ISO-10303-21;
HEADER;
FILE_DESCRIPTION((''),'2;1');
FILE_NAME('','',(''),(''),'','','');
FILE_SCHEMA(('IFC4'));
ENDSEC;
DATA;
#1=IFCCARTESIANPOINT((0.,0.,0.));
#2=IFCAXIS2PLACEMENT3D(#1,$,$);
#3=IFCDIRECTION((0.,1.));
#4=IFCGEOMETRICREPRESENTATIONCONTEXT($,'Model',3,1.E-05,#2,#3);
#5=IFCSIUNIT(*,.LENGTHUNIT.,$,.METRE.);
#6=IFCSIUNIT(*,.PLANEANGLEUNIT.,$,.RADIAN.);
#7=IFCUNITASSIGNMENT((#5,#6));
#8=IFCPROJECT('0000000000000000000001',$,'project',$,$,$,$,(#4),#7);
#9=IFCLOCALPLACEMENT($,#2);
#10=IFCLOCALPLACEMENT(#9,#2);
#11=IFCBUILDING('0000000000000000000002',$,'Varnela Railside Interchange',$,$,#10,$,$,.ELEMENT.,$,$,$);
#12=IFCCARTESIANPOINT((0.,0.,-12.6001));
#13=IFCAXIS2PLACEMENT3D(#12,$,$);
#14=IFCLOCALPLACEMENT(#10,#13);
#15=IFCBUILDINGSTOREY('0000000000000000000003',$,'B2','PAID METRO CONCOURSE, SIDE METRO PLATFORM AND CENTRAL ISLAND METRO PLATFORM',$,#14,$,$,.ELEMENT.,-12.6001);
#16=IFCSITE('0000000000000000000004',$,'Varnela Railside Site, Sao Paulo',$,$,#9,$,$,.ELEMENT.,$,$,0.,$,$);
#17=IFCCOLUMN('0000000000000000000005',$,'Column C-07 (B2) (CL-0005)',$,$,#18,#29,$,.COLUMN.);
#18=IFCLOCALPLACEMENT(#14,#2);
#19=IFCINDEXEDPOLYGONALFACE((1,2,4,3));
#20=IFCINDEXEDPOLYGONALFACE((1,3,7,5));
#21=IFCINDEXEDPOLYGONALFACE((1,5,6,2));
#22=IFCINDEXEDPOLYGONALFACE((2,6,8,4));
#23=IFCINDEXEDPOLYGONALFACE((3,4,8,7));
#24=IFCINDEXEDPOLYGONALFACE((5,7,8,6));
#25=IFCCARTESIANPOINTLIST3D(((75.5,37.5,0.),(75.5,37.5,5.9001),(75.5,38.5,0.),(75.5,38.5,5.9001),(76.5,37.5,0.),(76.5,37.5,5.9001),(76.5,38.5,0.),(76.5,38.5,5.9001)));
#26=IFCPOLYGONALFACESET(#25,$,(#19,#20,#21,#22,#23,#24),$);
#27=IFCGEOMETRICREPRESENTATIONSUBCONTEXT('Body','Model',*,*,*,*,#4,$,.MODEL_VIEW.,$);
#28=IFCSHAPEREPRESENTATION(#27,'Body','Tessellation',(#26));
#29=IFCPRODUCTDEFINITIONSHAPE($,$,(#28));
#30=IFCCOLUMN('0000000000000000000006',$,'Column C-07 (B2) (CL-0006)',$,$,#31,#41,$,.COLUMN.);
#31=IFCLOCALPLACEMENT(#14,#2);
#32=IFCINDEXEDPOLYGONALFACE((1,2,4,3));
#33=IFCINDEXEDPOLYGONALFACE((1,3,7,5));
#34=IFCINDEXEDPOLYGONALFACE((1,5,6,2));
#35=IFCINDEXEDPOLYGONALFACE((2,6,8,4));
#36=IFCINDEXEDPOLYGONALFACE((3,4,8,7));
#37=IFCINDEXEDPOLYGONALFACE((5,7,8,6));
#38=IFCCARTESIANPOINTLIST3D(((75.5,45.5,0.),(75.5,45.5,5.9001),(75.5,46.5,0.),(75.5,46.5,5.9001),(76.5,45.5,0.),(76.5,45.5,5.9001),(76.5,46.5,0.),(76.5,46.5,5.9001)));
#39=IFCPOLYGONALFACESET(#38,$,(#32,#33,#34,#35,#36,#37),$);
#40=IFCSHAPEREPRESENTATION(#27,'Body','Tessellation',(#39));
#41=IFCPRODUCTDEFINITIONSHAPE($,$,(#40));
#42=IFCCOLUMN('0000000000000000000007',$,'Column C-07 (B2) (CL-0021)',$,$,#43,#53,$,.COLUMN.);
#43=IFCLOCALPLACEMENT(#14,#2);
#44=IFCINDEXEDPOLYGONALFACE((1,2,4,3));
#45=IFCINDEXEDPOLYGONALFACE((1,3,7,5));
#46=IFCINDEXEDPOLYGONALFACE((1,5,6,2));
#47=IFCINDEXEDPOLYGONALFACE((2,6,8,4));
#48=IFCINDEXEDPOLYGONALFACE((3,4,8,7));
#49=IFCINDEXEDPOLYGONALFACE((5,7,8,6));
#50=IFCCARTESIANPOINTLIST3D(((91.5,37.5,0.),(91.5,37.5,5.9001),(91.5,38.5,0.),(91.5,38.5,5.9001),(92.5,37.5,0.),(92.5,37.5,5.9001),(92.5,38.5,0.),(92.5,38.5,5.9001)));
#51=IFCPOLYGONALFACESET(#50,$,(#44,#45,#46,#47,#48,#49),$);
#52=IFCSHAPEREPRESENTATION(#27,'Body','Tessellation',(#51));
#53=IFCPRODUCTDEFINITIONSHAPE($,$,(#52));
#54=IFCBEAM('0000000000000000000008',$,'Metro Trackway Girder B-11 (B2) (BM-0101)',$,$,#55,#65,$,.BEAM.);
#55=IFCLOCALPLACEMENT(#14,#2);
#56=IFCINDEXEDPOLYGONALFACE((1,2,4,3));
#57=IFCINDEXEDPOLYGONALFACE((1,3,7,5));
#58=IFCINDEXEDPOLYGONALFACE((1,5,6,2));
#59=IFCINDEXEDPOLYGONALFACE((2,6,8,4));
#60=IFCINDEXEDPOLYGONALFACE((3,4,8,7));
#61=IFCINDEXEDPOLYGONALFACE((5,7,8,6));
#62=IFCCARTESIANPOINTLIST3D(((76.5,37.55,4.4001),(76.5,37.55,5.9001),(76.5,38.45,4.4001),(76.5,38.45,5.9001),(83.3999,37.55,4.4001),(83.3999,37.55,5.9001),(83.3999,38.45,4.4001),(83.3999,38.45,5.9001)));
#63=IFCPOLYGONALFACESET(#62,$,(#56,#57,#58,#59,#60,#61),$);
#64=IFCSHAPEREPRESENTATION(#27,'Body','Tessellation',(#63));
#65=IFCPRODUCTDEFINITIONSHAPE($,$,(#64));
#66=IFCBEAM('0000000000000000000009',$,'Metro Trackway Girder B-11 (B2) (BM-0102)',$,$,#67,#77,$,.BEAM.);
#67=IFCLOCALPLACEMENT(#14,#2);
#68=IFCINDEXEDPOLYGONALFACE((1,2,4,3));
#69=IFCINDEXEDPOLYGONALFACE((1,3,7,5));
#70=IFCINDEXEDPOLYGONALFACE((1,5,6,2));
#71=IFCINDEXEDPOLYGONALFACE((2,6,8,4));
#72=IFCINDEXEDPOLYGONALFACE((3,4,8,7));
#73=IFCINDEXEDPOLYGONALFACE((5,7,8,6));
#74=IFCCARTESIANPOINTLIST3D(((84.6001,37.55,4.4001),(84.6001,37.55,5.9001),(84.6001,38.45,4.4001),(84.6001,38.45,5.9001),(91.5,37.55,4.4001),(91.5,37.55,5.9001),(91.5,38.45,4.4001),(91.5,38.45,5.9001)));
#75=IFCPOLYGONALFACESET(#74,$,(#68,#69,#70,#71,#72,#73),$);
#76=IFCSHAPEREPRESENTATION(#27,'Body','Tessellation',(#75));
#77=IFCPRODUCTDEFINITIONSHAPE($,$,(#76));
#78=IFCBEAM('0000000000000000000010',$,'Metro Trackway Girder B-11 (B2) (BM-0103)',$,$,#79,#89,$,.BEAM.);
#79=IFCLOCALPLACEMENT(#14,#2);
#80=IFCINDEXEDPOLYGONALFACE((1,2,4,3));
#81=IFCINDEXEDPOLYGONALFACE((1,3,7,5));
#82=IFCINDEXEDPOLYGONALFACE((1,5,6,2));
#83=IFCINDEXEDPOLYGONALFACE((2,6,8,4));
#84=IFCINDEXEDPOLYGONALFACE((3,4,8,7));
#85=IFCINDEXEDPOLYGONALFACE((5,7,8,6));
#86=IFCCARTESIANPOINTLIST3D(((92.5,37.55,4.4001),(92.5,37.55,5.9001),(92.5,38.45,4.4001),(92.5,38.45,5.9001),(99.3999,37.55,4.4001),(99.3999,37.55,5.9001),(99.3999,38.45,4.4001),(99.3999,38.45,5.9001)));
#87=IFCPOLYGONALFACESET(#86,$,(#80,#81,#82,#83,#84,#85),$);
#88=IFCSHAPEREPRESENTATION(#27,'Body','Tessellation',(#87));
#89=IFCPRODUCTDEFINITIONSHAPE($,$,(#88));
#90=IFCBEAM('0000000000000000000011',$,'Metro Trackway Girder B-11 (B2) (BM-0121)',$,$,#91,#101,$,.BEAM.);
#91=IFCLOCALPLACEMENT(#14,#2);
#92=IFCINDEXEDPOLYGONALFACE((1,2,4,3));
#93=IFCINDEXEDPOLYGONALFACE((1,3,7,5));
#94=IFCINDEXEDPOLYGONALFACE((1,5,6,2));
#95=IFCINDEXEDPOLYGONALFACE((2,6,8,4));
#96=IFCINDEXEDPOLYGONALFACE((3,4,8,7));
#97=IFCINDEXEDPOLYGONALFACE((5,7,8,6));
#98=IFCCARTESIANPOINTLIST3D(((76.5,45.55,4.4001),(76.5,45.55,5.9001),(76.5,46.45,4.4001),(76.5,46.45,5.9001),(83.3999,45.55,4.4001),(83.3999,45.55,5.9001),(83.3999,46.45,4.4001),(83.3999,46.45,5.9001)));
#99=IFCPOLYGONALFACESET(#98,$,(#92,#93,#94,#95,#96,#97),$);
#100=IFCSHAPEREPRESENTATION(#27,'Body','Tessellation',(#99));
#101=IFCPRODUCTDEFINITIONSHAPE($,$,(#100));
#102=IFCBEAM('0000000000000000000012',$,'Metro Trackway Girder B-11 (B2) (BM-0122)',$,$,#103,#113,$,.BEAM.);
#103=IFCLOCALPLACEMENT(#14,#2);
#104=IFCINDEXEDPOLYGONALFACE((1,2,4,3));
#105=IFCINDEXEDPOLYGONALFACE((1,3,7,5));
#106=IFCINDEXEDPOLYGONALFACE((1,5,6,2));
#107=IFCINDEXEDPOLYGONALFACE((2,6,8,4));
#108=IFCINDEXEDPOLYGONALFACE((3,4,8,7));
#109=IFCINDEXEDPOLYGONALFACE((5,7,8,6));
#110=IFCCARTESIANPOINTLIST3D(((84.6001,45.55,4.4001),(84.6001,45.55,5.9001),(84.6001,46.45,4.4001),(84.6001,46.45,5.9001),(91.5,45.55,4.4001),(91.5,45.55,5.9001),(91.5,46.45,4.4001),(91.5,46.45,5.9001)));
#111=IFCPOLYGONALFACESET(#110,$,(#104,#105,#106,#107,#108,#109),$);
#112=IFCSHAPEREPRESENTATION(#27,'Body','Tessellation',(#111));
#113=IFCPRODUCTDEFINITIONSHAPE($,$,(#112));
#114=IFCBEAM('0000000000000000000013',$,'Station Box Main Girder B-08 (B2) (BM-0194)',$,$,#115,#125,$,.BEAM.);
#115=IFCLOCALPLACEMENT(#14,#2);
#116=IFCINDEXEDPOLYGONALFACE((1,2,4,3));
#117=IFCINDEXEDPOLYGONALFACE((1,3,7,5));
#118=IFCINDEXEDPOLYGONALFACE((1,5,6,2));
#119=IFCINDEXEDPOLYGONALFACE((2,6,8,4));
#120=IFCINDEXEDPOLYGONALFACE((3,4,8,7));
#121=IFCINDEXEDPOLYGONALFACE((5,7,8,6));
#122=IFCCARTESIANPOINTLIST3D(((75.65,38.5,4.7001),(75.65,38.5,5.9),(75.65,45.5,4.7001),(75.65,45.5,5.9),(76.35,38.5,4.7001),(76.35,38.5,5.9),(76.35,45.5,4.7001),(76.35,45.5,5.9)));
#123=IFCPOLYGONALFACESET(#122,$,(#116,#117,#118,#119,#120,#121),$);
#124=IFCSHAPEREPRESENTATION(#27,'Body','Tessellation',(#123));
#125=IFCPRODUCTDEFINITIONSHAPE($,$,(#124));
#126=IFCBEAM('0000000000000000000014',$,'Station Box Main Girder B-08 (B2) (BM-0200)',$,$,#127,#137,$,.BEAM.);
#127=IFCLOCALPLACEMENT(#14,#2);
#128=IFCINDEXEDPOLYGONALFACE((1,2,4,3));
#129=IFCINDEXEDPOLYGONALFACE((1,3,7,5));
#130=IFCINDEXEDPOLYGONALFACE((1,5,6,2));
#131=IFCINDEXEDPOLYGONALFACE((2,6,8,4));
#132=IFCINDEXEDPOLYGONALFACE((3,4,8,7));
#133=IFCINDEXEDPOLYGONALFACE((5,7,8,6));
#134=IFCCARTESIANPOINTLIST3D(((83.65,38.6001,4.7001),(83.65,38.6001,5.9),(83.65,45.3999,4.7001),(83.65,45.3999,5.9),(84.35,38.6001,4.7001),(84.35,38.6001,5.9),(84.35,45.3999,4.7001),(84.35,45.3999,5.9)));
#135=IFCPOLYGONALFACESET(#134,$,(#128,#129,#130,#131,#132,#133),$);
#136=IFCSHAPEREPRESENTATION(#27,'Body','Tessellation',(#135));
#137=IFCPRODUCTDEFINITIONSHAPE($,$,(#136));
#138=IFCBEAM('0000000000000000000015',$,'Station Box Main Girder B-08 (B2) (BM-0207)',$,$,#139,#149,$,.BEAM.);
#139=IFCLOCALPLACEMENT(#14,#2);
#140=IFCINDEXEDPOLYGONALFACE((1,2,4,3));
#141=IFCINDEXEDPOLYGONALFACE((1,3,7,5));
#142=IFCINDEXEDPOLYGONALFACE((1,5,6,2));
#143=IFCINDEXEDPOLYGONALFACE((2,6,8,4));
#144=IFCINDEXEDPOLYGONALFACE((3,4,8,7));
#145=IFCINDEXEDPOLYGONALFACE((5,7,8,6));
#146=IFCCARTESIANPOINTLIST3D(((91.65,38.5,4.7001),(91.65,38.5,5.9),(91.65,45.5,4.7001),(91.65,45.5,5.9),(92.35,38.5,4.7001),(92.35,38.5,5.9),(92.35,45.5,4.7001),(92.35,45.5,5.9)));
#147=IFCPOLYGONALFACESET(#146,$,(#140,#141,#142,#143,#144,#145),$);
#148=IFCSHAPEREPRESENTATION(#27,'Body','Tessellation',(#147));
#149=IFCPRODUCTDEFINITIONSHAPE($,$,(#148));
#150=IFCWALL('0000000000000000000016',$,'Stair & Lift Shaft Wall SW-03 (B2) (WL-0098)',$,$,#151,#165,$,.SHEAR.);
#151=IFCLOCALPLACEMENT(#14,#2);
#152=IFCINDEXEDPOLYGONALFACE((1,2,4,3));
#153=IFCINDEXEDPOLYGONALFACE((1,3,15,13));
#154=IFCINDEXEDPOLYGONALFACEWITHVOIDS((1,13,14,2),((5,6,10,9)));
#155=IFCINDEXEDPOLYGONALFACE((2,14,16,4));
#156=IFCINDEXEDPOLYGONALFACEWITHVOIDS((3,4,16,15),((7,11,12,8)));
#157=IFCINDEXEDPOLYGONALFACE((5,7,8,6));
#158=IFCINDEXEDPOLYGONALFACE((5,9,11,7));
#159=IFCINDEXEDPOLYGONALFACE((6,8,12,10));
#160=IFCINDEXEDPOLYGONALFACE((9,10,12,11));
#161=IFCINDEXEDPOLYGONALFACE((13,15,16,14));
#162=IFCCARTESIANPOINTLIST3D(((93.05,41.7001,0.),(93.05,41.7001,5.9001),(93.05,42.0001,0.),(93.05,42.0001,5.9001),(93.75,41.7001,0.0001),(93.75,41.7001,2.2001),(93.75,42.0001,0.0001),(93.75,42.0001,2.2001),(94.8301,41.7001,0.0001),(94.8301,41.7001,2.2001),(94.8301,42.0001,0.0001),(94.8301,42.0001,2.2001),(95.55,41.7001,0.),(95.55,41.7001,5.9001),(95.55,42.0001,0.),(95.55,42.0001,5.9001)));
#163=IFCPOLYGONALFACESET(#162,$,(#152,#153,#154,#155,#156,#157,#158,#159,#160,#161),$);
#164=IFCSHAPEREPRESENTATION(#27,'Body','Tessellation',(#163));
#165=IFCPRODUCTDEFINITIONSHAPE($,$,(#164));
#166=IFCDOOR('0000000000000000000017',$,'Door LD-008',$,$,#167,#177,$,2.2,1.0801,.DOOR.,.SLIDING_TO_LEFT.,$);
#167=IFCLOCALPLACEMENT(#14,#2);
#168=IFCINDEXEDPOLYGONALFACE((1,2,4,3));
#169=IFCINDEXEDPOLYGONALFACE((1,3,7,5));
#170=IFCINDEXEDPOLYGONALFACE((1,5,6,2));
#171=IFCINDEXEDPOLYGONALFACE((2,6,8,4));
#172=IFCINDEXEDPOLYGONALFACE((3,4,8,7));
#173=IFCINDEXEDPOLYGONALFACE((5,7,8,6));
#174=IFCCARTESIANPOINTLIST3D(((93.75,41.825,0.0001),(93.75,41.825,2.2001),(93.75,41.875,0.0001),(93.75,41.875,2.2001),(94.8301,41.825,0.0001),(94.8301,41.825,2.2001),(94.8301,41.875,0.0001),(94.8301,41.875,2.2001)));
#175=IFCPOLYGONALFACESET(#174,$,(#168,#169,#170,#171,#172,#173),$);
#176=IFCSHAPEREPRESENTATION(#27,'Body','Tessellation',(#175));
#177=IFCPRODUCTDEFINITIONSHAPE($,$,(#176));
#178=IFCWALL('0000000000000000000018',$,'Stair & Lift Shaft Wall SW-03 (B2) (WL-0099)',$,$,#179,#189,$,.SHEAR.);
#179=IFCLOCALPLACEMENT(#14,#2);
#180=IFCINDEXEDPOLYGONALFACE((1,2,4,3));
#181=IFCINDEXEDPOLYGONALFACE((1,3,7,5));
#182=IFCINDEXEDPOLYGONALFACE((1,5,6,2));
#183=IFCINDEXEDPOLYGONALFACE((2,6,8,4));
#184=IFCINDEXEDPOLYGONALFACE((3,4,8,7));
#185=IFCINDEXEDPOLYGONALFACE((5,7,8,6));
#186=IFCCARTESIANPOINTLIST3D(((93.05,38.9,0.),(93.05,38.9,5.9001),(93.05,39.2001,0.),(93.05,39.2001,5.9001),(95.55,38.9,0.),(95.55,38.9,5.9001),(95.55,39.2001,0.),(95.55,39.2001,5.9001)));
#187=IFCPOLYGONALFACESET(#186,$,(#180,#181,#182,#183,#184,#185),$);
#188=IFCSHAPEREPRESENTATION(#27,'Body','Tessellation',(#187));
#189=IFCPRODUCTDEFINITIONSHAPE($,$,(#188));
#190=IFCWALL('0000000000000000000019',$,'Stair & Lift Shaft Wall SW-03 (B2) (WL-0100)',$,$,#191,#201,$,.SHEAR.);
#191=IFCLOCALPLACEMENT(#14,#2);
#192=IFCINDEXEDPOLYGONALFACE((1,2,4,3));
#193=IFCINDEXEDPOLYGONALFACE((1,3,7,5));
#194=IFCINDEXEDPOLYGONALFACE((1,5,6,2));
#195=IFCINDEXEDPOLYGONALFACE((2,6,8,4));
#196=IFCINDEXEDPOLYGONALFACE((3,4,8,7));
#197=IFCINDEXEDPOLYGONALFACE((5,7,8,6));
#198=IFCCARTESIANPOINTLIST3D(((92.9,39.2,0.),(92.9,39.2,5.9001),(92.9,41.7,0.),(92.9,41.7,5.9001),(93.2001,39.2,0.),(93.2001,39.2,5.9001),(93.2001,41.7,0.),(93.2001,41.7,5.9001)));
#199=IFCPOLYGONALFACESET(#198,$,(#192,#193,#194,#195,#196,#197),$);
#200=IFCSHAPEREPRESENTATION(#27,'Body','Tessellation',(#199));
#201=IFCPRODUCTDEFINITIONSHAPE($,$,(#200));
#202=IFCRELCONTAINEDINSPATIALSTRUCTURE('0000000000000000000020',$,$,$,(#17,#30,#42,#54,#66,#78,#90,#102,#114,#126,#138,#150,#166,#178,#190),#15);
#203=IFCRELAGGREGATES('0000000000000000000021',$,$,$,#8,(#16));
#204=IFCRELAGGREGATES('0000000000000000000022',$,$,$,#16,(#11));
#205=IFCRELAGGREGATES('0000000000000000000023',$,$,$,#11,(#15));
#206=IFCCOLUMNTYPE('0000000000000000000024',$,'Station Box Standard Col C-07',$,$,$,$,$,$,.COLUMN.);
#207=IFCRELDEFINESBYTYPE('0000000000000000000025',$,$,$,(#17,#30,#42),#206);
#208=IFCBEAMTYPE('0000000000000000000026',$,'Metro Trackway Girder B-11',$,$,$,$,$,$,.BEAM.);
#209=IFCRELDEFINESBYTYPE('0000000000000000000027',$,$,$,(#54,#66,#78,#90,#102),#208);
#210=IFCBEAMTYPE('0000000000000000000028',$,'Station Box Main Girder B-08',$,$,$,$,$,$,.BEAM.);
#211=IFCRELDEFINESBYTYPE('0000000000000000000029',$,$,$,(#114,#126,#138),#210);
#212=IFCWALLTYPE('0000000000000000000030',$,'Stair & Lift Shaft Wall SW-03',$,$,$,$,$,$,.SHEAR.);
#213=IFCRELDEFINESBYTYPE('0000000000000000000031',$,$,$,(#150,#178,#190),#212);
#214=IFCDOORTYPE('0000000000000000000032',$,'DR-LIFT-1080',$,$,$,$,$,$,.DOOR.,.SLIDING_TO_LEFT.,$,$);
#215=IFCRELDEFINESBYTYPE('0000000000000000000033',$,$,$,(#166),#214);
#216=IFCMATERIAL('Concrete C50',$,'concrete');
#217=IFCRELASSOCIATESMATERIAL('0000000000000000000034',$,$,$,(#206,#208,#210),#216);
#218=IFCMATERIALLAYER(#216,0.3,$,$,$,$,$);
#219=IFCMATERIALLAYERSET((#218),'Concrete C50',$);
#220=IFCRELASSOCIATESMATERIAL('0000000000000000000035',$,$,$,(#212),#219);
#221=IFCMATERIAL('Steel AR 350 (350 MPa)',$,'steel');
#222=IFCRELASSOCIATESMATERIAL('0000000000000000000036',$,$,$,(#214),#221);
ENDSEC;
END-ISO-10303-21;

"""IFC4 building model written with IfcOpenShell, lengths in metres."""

from ifc_helpers import new_model, si_unit, direction, frame, frame_2d, origin, origin_2d, place, context, subcontext, project, spatial, rectangle, extrude, material, layer, layer_set, material_profile, profile_set, type_object, element, fill, save


model = new_model("IFC4")

# Units and contexts
model_context = context("Model", 3, precision=1e-05, world=origin(), true_north=direction((0.0, 1.0)))
body_context = subcontext(model_context, "Body", "Model", "MODEL_VIEW")
ifc_project = project(units=[si_unit("LENGTHUNIT", "METRE"), si_unit("PLANEANGLEUNIT", "RADIAN")], contexts=[model_context])

# Site, building, storey
site_placement = place(None, origin())
site = spatial("IfcSite", under=ifc_project, at=site_placement, Name="Varnela Railside Site, Sao Paulo", CompositionType="ELEMENT", RefElevation=0.0)
building_placement = place(site_placement, origin())
building = spatial("IfcBuilding", under=site, at=building_placement, Name="Varnela Railside Interchange", CompositionType="ELEMENT")
storey_placement = place(building_placement, frame((0.0, 0.0, -12.6001)))
storey = spatial("IfcBuildingStorey", under=building, at=storey_placement, Name="B2", Description="PAID METRO CONCOURSE, SIDE METRO PLATFORM AND CENTRAL ISLAND METRO PLATFORM", CompositionType="ELEMENT", Elevation=-12.6001)

# Shared definitions
ifc_material_1 = material(Name="Concrete C50", Category="concrete")

# Columns
ifc_material_profile_1 = material_profile(ifc_material_1, rectangle(XDim=1.0, YDim=1.0, at=origin_2d()), Name="RC 1000x1000")
ifc_profile_set_1 = profile_set([ifc_material_profile_1], Name="Concrete C50")
column_type_1 = type_object("IfcColumnType", Name="Station Box Standard Col C-07", PredefinedType="COLUMN", material=ifc_profile_set_1)
for number, where, z_axis, x_axis, name in (
    (1, (76.0, 38.0, 0.0), (0.0, 0.0, 1.0), (1.0, 0.0, 0.0), "Column C-07 (B2) (CL-0005)"),
    (2, (76.0, 46.0, 0.0), (0.0, 0.0, 1.0), (1.0, 0.0, 0.0), "Column C-07 (B2) (CL-0006)"),
    (3, (92.0, 38.0, 0.0), (0.0, 0.0, 1.0), (1.0, 0.0, 0.0), "Column C-07 (B2) (CL-0021)"),
):
    element("IfcColumn", number, at=place(storey_placement, frame(where, z_axis=z_axis, x_axis=x_axis)), inside=storey, type_object=column_type_1, Name=name, PredefinedType="COLUMN", context=body_context, shape_type="SweptSolid", body=[
        extrude(rectangle(XDim=1.0, YDim=1.0, at=origin_2d()), origin(), (0.0, 0.0, 1.0), 5.9001),
    ])

# Beams
ifc_material_profile_2 = material_profile(ifc_material_1, rectangle(XDim=0.8999, YDim=1.5, at=origin_2d()), Name="RC 900x1500")
ifc_profile_set_2 = profile_set([ifc_material_profile_2], Name="Concrete C50")
beam_type_1 = type_object("IfcBeamType", Name="Metro Trackway Girder B-11", PredefinedType="BEAM", material=ifc_profile_set_2)
for number, where, z_axis, x_axis, name in (
    (4, (76.5, 38.0, 5.1501), (1.0, 0.0, 0.0), (0.0, 1.0, 0.0), "Metro Trackway Girder B-11 (B2) (BM-0101)"),
    (5, (84.6001, 38.0, 5.1501), (1.0, 0.0, 0.0), (0.0, 1.0, 0.0), "Metro Trackway Girder B-11 (B2) (BM-0102)"),
    (6, (92.5, 38.0, 5.1501), (1.0, 0.0, 0.0), (0.0, 1.0, 0.0), "Metro Trackway Girder B-11 (B2) (BM-0103)"),
    (7, (76.5, 46.0, 5.1501), (1.0, 0.0, 0.0), (0.0, 1.0, 0.0), "Metro Trackway Girder B-11 (B2) (BM-0121)"),
    (8, (84.6001, 46.0, 5.1501), (1.0, 0.0, 0.0), (0.0, 1.0, 0.0), "Metro Trackway Girder B-11 (B2) (BM-0122)"),
):
    element("IfcBeam", number, at=place(storey_placement, frame(where, z_axis=z_axis, x_axis=x_axis)), inside=storey, type_object=beam_type_1, Name=name, PredefinedType="BEAM", context=body_context, shape_type="SweptSolid", body=[
        extrude(rectangle(XDim=0.8999, YDim=1.5, at=origin_2d()), origin(), (0.0, 0.0, 1.0), 6.8999),
    ])
ifc_material_profile_3 = material_profile(ifc_material_1, rectangle(XDim=0.7, YDim=1.2, at=origin_2d()), Name="RC 700x1200")
ifc_profile_set_3 = profile_set([ifc_material_profile_3], Name="Concrete C50")
beam_type_2 = type_object("IfcBeamType", Name="Station Box Main Girder B-08", PredefinedType="BEAM", material=ifc_profile_set_3)
beam_1_placement = place(storey_placement, frame((76.0, 38.5, 5.3), z_axis=(0.0, 1.0, 0.0), x_axis=(-1.0, 0.0, 0.0)))
element("IfcBeam", 9, at=beam_1_placement, inside=storey, type_object=beam_type_2, Name="Station Box Main Girder B-08 (B2) (BM-0194)", PredefinedType="BEAM", context=body_context, shape_type="SweptSolid", body=[
    extrude(rectangle(XDim=0.7, YDim=1.2, at=origin_2d()), origin(), (0.0, 0.0, 1.0), 7.0),
])
beam_2_placement = place(storey_placement, frame((84.0, 38.6001, 5.3), z_axis=(0.0, 1.0, 0.0), x_axis=(-1.0, 0.0, 0.0)))
element("IfcBeam", 10, at=beam_2_placement, inside=storey, type_object=beam_type_2, Name="Station Box Main Girder B-08 (B2) (BM-0200)", PredefinedType="BEAM", context=body_context, shape_type="SweptSolid", body=[
    extrude(rectangle(XDim=0.7, YDim=1.2, at=origin_2d()), origin(), (0.0, 0.0, 1.0), 6.7998),
])
beam_3_placement = place(storey_placement, frame((92.0, 38.5, 5.3), z_axis=(0.0, 1.0, 0.0), x_axis=(-1.0, 0.0, 0.0)))
element("IfcBeam", 11, at=beam_3_placement, inside=storey, type_object=beam_type_2, Name="Station Box Main Girder B-08 (B2) (BM-0207)", PredefinedType="BEAM", context=body_context, shape_type="SweptSolid", body=[
    extrude(rectangle(XDim=0.7, YDim=1.2, at=origin_2d()), origin(), (0.0, 0.0, 1.0), 7.0),
])

# Wall, opening, door
ifc_layer = layer(ifc_material_1, 0.3)
ifc_layer_set = layer_set([ifc_layer], Name="Concrete C50")
wall_type = type_object("IfcWallType", Name="Stair & Lift Shaft Wall SW-03", PredefinedType="SHEAR", material=ifc_layer_set)
wall_placement = place(storey_placement, frame((93.05, 41.8501, 0.0), z_axis=(0.0, 0.0, 1.0), x_axis=(1.0, 0.0, 0.0)))
wall = element("IfcWall", 12, at=wall_placement, inside=storey, type_object=wall_type, Name="Stair & Lift Shaft Wall SW-03 (B2) (WL-0098)", PredefinedType="SHEAR", context=body_context, shape_type="SweptSolid", body=[
    extrude(rectangle(XDim=2.5, YDim=0.3, at=frame_2d((1.25, 0.0))), origin(), (0.0, 0.0, 1.0), 5.9001),
])
opening_placement = place(wall_placement, frame((0.7, 0.0, 0.0)))
opening = element("IfcOpeningElement", 13, at=opening_placement, cuts=wall, PredefinedType="OPENING", context=body_context, shape_type="SweptSolid", body=[
    extrude(rectangle(XDim=1.0801, YDim=2.2, at=frame_2d((0.54, 1.1001))), frame((0.0, 0.1599, 0.0), z_axis=(0.0, -1.0, 0.0), x_axis=(1.0, 0.0, 0.0)), (0.0, 0.0, 1.0), 0.3201),
])
ifc_material_2 = material(Name="Steel AR 350 (350 MPa)", Category="steel")
door_type = type_object("IfcDoorType", Name="DR-LIFT-1080", OperationType="SLIDING_TO_LEFT", PredefinedType="DOOR", material=ifc_material_2)
door_placement = place(opening_placement, origin())
door = element("IfcDoor", 14, at=door_placement, inside=storey, type_object=door_type, Name="Door LD-008", OperationType="SLIDING_TO_LEFT", OverallHeight=2.2, OverallWidth=1.0801, PredefinedType="DOOR", context=body_context, shape_type="SweptSolid", body=[
    extrude(rectangle(XDim=1.0801, YDim=2.2, at=frame_2d((0.54, 1.1001))), frame((0.0, 0.0249, 0.0), z_axis=(0.0, -1.0, 0.0), x_axis=(1.0, 0.0, 0.0)), (0.0, 0.0, 1.0), 0.05),
])
fill(opening, door)

# Walls
for number, where, z_axis, x_axis, name in (
    (15, (93.05, 39.05, 0.0), (0.0, 0.0, 1.0), (1.0, 0.0, 0.0), "Stair & Lift Shaft Wall SW-03 (B2) (WL-0099)"),
    (16, (93.05, 39.2, 0.0), (0.0, 0.0, 1.0), (0.0, 1.0, 0.0), "Stair & Lift Shaft Wall SW-03 (B2) (WL-0100)"),
):
    element("IfcWall", number, at=place(storey_placement, frame(where, z_axis=z_axis, x_axis=x_axis)), inside=storey, type_object=wall_type, Name=name, PredefinedType="SHEAR", context=body_context, shape_type="SweptSolid", body=[
        extrude(rectangle(XDim=2.5, YDim=0.3, at=frame_2d((1.25, 0.0))), origin(), (0.0, 0.0, 1.0), 5.9001),
    ])

save(model, "model.ifc")
